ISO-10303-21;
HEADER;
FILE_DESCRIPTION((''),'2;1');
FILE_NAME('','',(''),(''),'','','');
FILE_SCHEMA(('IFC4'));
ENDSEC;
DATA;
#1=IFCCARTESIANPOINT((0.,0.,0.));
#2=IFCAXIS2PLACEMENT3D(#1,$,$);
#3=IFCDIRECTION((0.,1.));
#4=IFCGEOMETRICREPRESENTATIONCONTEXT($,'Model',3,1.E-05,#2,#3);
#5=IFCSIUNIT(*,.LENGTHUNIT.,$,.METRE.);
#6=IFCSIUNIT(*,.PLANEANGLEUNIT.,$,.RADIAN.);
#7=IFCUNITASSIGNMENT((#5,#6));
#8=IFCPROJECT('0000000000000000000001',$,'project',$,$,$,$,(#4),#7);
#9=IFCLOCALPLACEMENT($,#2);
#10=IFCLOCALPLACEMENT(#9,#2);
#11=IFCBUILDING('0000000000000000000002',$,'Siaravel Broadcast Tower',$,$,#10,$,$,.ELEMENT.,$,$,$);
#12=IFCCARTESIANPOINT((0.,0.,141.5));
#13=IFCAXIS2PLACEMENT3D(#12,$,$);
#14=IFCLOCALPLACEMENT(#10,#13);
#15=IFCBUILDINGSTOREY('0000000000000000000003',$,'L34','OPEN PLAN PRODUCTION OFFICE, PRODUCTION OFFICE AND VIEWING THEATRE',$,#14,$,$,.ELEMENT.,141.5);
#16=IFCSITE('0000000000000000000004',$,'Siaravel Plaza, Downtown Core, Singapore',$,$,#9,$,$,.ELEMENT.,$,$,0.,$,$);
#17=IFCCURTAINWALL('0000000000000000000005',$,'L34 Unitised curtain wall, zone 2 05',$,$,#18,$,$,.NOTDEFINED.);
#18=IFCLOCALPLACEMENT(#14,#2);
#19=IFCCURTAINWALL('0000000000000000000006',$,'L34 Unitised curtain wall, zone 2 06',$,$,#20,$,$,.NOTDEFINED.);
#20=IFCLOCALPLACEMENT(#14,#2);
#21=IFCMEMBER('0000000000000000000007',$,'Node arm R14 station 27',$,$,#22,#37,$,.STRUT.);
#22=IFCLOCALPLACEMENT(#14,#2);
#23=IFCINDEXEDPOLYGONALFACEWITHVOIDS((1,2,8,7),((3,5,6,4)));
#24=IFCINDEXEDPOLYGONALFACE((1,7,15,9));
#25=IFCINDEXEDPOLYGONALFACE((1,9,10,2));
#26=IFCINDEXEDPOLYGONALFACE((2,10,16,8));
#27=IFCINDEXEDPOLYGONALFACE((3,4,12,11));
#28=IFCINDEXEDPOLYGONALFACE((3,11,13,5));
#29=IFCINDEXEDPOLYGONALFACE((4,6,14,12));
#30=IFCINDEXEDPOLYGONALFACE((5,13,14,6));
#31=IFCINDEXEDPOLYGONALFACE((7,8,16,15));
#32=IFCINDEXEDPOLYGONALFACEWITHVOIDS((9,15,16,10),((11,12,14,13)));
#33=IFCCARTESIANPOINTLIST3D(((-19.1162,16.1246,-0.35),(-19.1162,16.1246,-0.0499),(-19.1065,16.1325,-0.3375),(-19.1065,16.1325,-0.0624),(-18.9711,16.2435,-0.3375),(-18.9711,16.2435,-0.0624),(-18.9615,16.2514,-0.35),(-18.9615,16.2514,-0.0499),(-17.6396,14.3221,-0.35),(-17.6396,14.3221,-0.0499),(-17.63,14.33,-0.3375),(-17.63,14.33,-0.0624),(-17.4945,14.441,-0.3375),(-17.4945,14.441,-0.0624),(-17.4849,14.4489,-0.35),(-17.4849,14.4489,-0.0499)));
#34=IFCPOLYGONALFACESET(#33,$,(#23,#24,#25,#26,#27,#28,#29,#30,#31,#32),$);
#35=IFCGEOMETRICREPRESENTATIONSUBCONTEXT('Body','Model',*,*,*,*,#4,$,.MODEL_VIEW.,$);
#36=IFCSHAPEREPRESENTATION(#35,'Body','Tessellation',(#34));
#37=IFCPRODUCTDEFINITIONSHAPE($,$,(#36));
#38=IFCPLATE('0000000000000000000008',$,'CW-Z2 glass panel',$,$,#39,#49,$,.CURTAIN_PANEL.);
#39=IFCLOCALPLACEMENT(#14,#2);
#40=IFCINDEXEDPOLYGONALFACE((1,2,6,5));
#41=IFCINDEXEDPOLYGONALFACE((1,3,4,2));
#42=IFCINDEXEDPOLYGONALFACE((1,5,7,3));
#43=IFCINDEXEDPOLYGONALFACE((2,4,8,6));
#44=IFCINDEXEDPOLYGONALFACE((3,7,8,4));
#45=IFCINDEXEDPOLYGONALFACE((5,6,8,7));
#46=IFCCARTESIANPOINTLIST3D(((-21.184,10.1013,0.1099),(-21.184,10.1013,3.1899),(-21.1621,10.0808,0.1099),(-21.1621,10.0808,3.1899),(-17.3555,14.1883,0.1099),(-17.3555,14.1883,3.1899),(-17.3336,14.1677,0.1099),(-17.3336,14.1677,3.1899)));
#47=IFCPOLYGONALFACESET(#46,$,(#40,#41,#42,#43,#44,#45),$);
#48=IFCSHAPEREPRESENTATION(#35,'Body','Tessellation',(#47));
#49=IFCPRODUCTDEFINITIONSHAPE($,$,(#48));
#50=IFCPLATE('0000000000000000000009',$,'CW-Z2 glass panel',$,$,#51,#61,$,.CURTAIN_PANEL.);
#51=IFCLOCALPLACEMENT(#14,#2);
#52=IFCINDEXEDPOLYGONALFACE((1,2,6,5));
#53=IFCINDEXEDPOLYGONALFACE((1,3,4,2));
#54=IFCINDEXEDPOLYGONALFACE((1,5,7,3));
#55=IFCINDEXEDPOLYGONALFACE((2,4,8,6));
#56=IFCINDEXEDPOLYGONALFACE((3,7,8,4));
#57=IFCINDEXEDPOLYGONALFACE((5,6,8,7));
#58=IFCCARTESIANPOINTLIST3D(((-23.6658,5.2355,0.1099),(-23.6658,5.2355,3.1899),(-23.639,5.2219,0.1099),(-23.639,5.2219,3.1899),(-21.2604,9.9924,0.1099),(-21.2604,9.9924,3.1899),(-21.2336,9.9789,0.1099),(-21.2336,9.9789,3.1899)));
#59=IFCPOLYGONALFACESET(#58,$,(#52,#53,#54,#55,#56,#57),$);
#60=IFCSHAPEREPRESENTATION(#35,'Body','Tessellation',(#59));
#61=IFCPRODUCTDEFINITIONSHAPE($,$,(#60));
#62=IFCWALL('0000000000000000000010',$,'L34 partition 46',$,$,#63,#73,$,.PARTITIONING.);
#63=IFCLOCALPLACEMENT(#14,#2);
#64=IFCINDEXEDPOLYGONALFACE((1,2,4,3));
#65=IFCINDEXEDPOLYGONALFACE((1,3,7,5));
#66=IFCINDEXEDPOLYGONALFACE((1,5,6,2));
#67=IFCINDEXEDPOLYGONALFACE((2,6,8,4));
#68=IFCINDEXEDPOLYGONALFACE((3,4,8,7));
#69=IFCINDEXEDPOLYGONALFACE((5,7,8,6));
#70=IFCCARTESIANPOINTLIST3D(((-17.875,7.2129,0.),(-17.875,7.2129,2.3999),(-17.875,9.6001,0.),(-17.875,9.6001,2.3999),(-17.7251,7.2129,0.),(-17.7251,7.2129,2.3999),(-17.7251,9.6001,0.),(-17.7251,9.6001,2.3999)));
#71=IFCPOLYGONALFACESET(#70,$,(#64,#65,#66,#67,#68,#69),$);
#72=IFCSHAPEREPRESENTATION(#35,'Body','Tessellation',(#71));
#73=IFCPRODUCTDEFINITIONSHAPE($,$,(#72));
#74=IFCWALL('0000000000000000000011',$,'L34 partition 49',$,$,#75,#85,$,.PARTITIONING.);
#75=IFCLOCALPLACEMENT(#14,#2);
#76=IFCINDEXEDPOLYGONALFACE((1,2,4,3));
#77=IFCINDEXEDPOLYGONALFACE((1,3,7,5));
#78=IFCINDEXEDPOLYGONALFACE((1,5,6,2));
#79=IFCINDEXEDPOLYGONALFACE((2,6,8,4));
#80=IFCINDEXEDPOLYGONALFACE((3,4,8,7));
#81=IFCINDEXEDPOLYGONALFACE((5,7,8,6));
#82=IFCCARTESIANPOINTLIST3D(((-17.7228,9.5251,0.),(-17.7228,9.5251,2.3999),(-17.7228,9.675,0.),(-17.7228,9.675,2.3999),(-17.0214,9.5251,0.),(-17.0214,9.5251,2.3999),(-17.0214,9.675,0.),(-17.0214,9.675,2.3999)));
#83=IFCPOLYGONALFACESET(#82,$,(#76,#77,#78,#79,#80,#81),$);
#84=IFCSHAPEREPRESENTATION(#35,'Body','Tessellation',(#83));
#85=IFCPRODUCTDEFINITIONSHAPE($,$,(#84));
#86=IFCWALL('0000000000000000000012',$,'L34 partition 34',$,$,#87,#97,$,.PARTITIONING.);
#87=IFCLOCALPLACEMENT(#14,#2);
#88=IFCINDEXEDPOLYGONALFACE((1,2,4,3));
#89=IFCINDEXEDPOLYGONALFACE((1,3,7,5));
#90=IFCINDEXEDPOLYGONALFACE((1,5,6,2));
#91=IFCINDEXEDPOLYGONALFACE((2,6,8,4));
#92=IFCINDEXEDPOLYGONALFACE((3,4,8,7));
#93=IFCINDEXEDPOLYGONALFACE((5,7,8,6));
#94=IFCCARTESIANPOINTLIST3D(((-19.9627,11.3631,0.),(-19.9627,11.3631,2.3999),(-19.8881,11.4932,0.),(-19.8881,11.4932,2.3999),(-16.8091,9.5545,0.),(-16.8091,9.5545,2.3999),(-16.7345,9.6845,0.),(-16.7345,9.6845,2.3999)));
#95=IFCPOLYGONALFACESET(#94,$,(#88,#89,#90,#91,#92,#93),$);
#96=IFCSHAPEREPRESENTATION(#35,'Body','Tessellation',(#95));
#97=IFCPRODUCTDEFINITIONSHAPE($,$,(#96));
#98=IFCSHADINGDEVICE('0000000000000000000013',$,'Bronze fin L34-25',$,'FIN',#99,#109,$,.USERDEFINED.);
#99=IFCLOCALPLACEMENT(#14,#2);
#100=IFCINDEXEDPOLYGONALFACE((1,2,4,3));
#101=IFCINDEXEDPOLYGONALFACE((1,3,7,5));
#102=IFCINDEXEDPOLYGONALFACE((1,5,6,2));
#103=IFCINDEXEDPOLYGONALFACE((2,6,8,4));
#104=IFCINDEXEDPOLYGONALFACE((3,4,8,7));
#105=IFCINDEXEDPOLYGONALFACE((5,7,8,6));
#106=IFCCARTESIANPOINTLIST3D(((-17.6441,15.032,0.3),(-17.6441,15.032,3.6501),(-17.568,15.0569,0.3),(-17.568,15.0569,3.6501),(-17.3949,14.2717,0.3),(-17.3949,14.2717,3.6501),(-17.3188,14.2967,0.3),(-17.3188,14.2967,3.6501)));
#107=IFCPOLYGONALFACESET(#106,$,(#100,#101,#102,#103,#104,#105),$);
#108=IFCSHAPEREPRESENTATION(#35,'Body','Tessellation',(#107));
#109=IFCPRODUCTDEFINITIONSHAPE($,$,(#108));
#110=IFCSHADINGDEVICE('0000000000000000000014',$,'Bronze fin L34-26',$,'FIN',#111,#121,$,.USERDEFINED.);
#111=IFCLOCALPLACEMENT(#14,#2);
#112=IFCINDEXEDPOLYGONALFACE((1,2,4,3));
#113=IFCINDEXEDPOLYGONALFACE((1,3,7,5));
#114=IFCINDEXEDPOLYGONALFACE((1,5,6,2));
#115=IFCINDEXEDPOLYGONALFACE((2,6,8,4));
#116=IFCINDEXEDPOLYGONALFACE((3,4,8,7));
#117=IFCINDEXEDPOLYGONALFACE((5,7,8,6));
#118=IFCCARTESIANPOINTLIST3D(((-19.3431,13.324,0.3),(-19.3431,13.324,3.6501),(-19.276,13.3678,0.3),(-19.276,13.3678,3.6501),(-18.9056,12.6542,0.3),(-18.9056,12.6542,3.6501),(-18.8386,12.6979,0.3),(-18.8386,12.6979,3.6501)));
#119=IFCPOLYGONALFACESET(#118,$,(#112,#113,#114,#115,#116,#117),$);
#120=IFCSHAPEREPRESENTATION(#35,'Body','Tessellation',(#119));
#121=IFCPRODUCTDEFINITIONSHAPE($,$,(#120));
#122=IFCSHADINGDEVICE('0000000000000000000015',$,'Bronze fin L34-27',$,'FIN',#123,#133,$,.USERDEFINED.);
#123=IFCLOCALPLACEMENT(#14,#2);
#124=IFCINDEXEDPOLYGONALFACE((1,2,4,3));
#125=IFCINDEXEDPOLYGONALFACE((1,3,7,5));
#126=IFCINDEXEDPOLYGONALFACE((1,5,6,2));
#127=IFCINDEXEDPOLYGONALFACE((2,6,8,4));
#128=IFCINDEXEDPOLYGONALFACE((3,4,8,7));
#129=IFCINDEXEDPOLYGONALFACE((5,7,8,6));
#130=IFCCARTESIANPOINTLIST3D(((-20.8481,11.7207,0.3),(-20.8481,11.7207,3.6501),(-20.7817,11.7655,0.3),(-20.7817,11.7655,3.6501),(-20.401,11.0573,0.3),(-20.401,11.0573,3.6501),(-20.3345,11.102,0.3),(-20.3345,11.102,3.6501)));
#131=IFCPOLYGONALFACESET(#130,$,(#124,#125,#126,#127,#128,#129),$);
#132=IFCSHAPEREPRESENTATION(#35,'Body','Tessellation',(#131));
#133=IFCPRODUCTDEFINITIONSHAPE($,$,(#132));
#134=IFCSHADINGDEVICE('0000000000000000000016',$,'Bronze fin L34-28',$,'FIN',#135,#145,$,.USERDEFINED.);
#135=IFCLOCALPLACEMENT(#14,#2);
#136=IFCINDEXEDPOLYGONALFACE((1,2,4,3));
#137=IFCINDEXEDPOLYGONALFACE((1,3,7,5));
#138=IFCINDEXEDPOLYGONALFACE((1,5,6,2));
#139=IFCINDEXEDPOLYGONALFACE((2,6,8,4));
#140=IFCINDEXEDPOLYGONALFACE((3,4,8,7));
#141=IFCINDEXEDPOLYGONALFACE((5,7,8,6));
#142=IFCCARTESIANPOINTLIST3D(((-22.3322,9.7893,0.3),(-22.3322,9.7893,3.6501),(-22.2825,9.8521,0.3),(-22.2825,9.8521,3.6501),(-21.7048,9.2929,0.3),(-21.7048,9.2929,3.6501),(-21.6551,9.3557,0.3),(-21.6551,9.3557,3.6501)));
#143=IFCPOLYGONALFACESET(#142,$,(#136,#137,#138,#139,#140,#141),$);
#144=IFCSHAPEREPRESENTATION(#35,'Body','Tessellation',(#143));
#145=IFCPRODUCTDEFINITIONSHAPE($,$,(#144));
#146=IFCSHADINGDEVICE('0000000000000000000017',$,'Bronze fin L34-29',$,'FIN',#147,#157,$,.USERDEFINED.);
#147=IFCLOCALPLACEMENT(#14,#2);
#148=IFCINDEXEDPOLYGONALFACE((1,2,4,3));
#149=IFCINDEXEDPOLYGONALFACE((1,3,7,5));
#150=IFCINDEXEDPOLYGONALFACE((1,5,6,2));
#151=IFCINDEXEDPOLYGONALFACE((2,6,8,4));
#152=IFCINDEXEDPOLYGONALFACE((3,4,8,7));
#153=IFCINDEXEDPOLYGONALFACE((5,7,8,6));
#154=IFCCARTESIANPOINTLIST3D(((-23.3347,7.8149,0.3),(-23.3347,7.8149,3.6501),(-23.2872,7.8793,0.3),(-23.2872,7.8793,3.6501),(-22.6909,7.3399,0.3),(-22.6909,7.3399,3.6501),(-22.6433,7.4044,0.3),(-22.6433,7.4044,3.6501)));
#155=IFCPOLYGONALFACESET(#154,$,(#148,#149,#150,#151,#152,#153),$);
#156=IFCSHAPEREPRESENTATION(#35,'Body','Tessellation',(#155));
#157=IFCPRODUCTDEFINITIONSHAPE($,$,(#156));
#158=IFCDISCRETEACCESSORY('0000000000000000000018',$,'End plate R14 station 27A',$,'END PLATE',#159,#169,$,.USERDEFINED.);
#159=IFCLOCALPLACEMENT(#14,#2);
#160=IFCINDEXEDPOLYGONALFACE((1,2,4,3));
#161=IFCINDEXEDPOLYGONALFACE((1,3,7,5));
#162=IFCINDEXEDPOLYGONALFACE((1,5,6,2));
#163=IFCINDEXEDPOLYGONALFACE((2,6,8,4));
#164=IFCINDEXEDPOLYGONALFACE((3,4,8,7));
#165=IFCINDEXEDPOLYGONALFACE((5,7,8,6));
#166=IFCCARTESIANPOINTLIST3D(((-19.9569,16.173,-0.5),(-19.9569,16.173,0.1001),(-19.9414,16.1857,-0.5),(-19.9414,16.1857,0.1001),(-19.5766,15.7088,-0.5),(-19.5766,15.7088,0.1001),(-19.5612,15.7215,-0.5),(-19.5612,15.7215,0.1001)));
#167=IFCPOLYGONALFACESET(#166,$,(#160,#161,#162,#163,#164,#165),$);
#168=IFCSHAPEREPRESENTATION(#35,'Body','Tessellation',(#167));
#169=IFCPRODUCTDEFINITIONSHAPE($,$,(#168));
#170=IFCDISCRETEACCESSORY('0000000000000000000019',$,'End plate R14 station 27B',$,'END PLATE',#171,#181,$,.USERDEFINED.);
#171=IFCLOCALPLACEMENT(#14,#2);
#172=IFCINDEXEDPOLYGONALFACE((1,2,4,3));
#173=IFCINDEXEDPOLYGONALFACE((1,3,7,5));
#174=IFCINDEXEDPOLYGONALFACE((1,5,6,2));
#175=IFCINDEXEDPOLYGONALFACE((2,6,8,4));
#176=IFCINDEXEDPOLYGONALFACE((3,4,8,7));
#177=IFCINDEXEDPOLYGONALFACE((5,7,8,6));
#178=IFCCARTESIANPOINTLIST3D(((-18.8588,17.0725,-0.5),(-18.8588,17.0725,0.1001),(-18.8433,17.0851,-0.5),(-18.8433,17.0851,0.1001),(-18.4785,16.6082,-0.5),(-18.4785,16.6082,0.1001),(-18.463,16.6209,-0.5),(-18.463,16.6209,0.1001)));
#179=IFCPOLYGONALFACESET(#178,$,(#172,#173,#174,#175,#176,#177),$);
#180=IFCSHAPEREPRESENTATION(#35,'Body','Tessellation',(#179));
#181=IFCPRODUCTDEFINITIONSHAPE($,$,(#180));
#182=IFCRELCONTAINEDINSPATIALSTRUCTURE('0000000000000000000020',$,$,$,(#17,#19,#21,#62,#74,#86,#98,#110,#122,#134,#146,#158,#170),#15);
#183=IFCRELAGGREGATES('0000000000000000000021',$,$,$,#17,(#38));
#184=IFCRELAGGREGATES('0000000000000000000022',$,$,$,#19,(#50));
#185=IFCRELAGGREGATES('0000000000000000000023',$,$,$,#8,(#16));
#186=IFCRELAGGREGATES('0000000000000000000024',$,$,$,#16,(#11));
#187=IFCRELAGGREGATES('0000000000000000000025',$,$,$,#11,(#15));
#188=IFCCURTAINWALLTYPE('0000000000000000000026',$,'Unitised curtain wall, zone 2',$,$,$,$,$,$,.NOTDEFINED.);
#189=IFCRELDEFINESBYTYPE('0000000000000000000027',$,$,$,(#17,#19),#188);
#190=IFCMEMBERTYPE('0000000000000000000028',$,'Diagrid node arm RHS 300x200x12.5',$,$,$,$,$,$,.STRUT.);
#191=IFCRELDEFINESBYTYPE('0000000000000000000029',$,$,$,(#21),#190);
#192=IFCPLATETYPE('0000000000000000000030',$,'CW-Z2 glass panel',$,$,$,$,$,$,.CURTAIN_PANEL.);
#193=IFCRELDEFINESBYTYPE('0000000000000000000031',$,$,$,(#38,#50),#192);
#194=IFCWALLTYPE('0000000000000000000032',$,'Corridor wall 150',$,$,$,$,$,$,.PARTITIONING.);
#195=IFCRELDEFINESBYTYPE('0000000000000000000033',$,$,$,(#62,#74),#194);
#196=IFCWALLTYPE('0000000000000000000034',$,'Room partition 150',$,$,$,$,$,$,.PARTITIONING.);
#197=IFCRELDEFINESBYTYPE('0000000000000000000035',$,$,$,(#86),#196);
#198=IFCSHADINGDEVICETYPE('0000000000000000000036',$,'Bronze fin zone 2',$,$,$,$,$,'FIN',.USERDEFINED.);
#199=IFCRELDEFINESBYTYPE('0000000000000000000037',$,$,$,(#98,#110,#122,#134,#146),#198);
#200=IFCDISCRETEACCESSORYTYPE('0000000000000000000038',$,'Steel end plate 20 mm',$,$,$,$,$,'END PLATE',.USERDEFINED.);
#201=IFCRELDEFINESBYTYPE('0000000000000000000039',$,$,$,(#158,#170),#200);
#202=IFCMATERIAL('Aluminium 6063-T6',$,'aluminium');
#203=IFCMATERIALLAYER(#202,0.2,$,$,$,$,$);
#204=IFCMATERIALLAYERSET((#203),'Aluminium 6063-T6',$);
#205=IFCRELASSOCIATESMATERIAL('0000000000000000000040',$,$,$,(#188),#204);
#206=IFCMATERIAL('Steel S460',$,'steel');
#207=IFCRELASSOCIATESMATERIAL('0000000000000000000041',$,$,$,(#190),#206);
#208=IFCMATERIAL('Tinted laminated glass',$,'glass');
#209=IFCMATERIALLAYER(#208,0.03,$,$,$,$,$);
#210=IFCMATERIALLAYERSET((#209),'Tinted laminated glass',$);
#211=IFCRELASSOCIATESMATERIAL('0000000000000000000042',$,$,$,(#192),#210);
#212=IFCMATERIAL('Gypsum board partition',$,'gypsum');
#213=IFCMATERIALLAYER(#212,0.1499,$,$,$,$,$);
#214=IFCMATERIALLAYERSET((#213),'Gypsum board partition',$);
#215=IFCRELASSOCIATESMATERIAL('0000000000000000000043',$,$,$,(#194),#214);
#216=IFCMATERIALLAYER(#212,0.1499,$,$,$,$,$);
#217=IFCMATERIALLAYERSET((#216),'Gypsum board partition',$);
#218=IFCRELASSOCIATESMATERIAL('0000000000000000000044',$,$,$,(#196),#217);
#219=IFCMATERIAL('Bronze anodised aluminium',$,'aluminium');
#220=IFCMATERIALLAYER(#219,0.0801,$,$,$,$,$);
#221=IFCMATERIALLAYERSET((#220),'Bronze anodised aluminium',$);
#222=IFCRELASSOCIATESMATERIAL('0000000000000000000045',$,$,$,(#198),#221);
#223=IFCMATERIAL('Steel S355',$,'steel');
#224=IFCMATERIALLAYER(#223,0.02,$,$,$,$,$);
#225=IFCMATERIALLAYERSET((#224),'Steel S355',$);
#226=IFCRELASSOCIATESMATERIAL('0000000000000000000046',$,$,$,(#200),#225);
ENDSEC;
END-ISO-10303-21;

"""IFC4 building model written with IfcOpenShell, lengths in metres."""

from ifc_helpers import new_model, si_unit, direction, frame, frame_2d, origin, origin_2d, place, context, subcontext, project, spatial, rectangle, hollow_rectangle, extrude, material, layer, layer_set, material_profile, profile_set, type_object, element, aggregate, save


model = new_model("IFC4")

# Units and contexts
model_context = context("Model", 3, precision=1e-05, world=origin(), true_north=direction((0.0, 1.0)))
body_context = subcontext(model_context, "Body", "Model", "MODEL_VIEW")
ifc_project = project(units=[si_unit("LENGTHUNIT", "METRE"), si_unit("PLANEANGLEUNIT", "RADIAN")], contexts=[model_context])

# Site, building, storey
site_placement = place(None, origin())
site = spatial("IfcSite", under=ifc_project, at=site_placement, Name="Siaravel Plaza, Downtown Core, Singapore", CompositionType="ELEMENT", RefElevation=0.0)
building_placement = place(site_placement, origin())
building = spatial("IfcBuilding", under=site, at=building_placement, Name="Siaravel Broadcast Tower", CompositionType="ELEMENT")
storey_placement = place(building_placement, frame((0.0, 0.0, 141.5)))
storey = spatial("IfcBuildingStorey", under=building, at=storey_placement, Name="L34", Description="OPEN PLAN PRODUCTION OFFICE, PRODUCTION OFFICE AND VIEWING THEATRE", CompositionType="ELEMENT", Elevation=141.5)

# Shared definitions
ifc_material_1 = material(Name="Steel S355", Category="steel")

# Curtain wall
ifc_material_2 = material(Name="Aluminium 6063-T6", Category="aluminium")
ifc_layer_1 = layer(ifc_material_2, 0.2)
ifc_layer_set_1 = layer_set([ifc_layer_1], Name="Aluminium 6063-T6")
curtain_wall_type = type_object("IfcCurtainWallType", Name="Unitised curtain wall, zone 2", PredefinedType="NOTDEFINED", material=ifc_layer_set_1)
curtain_wall_1_placement = place(storey_placement, origin())
curtain_wall_1 = element("IfcCurtainWall", 1, at=curtain_wall_1_placement, inside=storey, type_object=curtain_wall_type, Name="L34 Unitised curtain wall, zone 2 05", PredefinedType="NOTDEFINED")

# Curtain wall
curtain_wall_2_placement = place(storey_placement, origin())
curtain_wall_2 = element("IfcCurtainWall", 2, at=curtain_wall_2_placement, inside=storey, type_object=curtain_wall_type, Name="L34 Unitised curtain wall, zone 2 06", PredefinedType="NOTDEFINED")

# Member
ifc_material_3 = material(Name="Steel S460", Category="steel")
ifc_material_profile_1 = material_profile(ifc_material_3, hollow_rectangle(XDim=0.2, YDim=0.3, WallThickness=0.0125, at=origin_2d()))
ifc_profile_set_1 = profile_set([ifc_material_profile_1], Name="Steel S460")
member_type_1 = type_object("IfcMemberType", Name="Diagrid node arm RHS 300x200x12.5", PredefinedType="STRUT", material=ifc_profile_set_1)
member_1_placement = place(storey_placement, frame((-17.5623, 14.3855, -0.2), z_axis=(-0.6337, 0.773579, 0.0), x_axis=(-0.773579, -0.6337, 0.0)))
element("IfcMember", 3, at=member_1_placement, inside=storey, type_object=member_type_1, Name="Node arm R14 station 27", PredefinedType="STRUT", context=body_context, shape_type="SweptSolid", body=[
    extrude(hollow_rectangle(XDim=0.2, YDim=0.3, WallThickness=0.0125, at=origin_2d()), origin(), (0.0, 0.0, 1.0), 2.3301),
])

# Plates
ifc_material_4 = material(Name="Tinted laminated glass", Category="glass")
ifc_layer_2 = layer(ifc_material_4, 0.03)
ifc_layer_set_2 = layer_set([ifc_layer_2], Name="Tinted laminated glass")
plate_type = type_object("IfcPlateType", Name="CW-Z2 glass panel", PredefinedType="CURTAIN_PANEL", material=ifc_layer_set_2)
plate_1_placement = place(storey_placement, frame((-19.2588, 12.1345, 0.1099), z_axis=(0.0, 0.0, 1.0), x_axis=(-0.683655, -0.729806, 0.0)))
plate_1 = element("IfcPlate", 4, at=plate_1_placement, type_object=plate_type, Name="CW-Z2 glass panel", PredefinedType="CURTAIN_PANEL", context=body_context, shape_type="SweptSolid", body=[
    extrude(rectangle(XDim=5.6001, YDim=0.03, at=origin_2d()), origin(), (0.0, 0.0, 1.0), 3.0801),
])
aggregate(curtain_wall_1, [plate_1])
plate_2_placement = place(storey_placement, frame((-22.4497, 7.6072, 0.1099), z_axis=(0.0, 0.0, 1.0), x_axis=(-0.45126, -0.892392, 0.0)))
plate_2 = element("IfcPlate", 5, at=plate_2_placement, type_object=plate_type, Name="CW-Z2 glass panel", PredefinedType="CURTAIN_PANEL", context=body_context, shape_type="SweptSolid", body=[
    extrude(rectangle(XDim=5.3306, YDim=0.03, at=origin_2d()), origin(), (0.0, 0.0, 1.0), 3.0801),
])
aggregate(curtain_wall_2, [plate_2])

# Walls
ifc_material_5 = material(Name="Gypsum board partition", Category="gypsum")
ifc_layer_3 = layer(ifc_material_5, 0.1499)
ifc_layer_set_3 = layer_set([ifc_layer_3], Name="Gypsum board partition")
wall_type_1 = type_object("IfcWallType", Name="Corridor wall 150", PredefinedType="PARTITIONING", material=ifc_layer_set_3)
wall_1_placement = place(storey_placement, frame((-17.8, 9.6001, 0.0), z_axis=(0.0, 0.0, 1.0), x_axis=(0.0, -1.0, 0.0)))
element("IfcWall", 6, at=wall_1_placement, inside=storey, type_object=wall_type_1, Name="L34 partition 46", PredefinedType="PARTITIONING", context=body_context, shape_type="SweptSolid", body=[
    extrude(rectangle(XDim=2.3872, YDim=0.1499, at=frame_2d((1.1936, 0.0))), origin(), (0.0, 0.0, 1.0), 2.3999),
])
wall_2_placement = place(storey_placement, frame((-17.0215, 9.6001, 0.0), z_axis=(0.0, 0.0, 1.0), x_axis=(-1.0, 0.0, 0.0)))
element("IfcWall", 7, at=wall_2_placement, inside=storey, type_object=wall_type_1, Name="L34 partition 49", PredefinedType="PARTITIONING", context=body_context, shape_type="SweptSolid", body=[
    extrude(rectangle(XDim=0.7014, YDim=0.1499, at=frame_2d((0.3506, 0.0))), origin(), (0.0, 0.0, 1.0), 2.3999),
])
ifc_layer_4 = layer(ifc_material_5, 0.1499)
ifc_layer_set_4 = layer_set([ifc_layer_4], Name="Gypsum board partition")
wall_type_2 = type_object("IfcWallType", Name="Room partition 150", PredefinedType="PARTITIONING", material=ifc_layer_set_4)
wall_3_placement = place(storey_placement, frame((-19.9255, 11.4282, 0.0), z_axis=(0.0, 0.0, 1.0), x_axis=(0.867465, -0.497498, 0.0)))
element("IfcWall", 8, at=wall_3_placement, inside=storey, type_object=wall_type_2, Name="L34 partition 34", PredefinedType="PARTITIONING", context=body_context, shape_type="SweptSolid", body=[
    extrude(rectangle(XDim=3.6355, YDim=0.1499, at=frame_2d((1.8179, 0.0))), origin(), (0.0, 0.0, 1.0), 2.3999),
])

# Shading devices
ifc_material_6 = material(Name="Bronze anodised aluminium", Category="aluminium")
ifc_layer_5 = layer(ifc_material_6, 0.0801)
ifc_layer_set_5 = layer_set([ifc_layer_5], Name="Bronze anodised aluminium")
shading_device_type = type_object("IfcShadingDeviceType", Name="Bronze fin zone 2", ElementType="FIN", PredefinedType="USERDEFINED", material=ifc_layer_set_5)
for number, where, z_axis, x_axis, name in (
    (9, (-17.4814, 14.6643, 0.3), (0.0, 0.0, 1.0), (-0.311521, 0.950239, 0.0), "Bronze fin L34-25"),
    (10, (-19.0908, 13.011, 0.3), (0.0, 0.0, 1.0), (-0.546758, 0.837291, 0.0), "Bronze fin L34-26"),
    (11, (-20.5913, 11.4114, 0.3), (0.0, 0.0, 1.0), (-0.558869, 0.829256, 0.0), "Bronze fin L34-27"),
    (12, (-21.9937, 9.5725, 0.3), (0.0, 0.0, 1.0), (-0.784288, 0.620397, 0.0), "Bronze fin L34-28"),
    (13, (-22.989, 7.6096, 0.3), (0.0, 0.0, 1.0), (-0.80474, 0.593627, 0.0), "Bronze fin L34-29"),
):
    element("IfcShadingDevice", number, at=place(storey_placement, frame(where, z_axis=z_axis, x_axis=x_axis)), inside=storey, type_object=shading_device_type, Name=name, ObjectType="FIN", PredefinedType="USERDEFINED", context=body_context, shape_type="SweptSolid", body=[
        extrude(rectangle(XDim=0.8, YDim=0.0801, at=origin_2d()), origin(), (0.0, 0.0, 1.0), 3.3501),
    ])

# Discrete accessories
ifc_layer_6 = layer(ifc_material_1, 0.02)
ifc_layer_set_6 = layer_set([ifc_layer_6], Name="Steel S355")
discrete_accessory_type = type_object("IfcDiscreteAccessoryType", Name="Steel end plate 20 mm", ElementType="END PLATE", PredefinedType="USERDEFINED", material=ifc_layer_set_6)
for number, where, z_axis, x_axis, name in (
    (14, (-19.759, 15.9473, -0.5), (0.0, 0.0, 1.0), (-0.773602, -0.633671, 0.0), "End plate R14 station 27A"),
    (15, (-18.6609, 16.8467, -0.5), (0.0, 0.0, 1.0), (-0.773602, -0.633671, 0.0), "End plate R14 station 27B"),
):
    element("IfcDiscreteAccessory", number, at=place(storey_placement, frame(where, z_axis=z_axis, x_axis=x_axis)), inside=storey, type_object=discrete_accessory_type, Name=name, ObjectType="END PLATE", PredefinedType="USERDEFINED", context=body_context, shape_type="SweptSolid", body=[
        extrude(rectangle(XDim=0.02, YDim=0.6001, at=origin_2d()), origin(), (0.0, 0.0, 1.0), 0.6001),
    ])

save(model, "model.ifc")
